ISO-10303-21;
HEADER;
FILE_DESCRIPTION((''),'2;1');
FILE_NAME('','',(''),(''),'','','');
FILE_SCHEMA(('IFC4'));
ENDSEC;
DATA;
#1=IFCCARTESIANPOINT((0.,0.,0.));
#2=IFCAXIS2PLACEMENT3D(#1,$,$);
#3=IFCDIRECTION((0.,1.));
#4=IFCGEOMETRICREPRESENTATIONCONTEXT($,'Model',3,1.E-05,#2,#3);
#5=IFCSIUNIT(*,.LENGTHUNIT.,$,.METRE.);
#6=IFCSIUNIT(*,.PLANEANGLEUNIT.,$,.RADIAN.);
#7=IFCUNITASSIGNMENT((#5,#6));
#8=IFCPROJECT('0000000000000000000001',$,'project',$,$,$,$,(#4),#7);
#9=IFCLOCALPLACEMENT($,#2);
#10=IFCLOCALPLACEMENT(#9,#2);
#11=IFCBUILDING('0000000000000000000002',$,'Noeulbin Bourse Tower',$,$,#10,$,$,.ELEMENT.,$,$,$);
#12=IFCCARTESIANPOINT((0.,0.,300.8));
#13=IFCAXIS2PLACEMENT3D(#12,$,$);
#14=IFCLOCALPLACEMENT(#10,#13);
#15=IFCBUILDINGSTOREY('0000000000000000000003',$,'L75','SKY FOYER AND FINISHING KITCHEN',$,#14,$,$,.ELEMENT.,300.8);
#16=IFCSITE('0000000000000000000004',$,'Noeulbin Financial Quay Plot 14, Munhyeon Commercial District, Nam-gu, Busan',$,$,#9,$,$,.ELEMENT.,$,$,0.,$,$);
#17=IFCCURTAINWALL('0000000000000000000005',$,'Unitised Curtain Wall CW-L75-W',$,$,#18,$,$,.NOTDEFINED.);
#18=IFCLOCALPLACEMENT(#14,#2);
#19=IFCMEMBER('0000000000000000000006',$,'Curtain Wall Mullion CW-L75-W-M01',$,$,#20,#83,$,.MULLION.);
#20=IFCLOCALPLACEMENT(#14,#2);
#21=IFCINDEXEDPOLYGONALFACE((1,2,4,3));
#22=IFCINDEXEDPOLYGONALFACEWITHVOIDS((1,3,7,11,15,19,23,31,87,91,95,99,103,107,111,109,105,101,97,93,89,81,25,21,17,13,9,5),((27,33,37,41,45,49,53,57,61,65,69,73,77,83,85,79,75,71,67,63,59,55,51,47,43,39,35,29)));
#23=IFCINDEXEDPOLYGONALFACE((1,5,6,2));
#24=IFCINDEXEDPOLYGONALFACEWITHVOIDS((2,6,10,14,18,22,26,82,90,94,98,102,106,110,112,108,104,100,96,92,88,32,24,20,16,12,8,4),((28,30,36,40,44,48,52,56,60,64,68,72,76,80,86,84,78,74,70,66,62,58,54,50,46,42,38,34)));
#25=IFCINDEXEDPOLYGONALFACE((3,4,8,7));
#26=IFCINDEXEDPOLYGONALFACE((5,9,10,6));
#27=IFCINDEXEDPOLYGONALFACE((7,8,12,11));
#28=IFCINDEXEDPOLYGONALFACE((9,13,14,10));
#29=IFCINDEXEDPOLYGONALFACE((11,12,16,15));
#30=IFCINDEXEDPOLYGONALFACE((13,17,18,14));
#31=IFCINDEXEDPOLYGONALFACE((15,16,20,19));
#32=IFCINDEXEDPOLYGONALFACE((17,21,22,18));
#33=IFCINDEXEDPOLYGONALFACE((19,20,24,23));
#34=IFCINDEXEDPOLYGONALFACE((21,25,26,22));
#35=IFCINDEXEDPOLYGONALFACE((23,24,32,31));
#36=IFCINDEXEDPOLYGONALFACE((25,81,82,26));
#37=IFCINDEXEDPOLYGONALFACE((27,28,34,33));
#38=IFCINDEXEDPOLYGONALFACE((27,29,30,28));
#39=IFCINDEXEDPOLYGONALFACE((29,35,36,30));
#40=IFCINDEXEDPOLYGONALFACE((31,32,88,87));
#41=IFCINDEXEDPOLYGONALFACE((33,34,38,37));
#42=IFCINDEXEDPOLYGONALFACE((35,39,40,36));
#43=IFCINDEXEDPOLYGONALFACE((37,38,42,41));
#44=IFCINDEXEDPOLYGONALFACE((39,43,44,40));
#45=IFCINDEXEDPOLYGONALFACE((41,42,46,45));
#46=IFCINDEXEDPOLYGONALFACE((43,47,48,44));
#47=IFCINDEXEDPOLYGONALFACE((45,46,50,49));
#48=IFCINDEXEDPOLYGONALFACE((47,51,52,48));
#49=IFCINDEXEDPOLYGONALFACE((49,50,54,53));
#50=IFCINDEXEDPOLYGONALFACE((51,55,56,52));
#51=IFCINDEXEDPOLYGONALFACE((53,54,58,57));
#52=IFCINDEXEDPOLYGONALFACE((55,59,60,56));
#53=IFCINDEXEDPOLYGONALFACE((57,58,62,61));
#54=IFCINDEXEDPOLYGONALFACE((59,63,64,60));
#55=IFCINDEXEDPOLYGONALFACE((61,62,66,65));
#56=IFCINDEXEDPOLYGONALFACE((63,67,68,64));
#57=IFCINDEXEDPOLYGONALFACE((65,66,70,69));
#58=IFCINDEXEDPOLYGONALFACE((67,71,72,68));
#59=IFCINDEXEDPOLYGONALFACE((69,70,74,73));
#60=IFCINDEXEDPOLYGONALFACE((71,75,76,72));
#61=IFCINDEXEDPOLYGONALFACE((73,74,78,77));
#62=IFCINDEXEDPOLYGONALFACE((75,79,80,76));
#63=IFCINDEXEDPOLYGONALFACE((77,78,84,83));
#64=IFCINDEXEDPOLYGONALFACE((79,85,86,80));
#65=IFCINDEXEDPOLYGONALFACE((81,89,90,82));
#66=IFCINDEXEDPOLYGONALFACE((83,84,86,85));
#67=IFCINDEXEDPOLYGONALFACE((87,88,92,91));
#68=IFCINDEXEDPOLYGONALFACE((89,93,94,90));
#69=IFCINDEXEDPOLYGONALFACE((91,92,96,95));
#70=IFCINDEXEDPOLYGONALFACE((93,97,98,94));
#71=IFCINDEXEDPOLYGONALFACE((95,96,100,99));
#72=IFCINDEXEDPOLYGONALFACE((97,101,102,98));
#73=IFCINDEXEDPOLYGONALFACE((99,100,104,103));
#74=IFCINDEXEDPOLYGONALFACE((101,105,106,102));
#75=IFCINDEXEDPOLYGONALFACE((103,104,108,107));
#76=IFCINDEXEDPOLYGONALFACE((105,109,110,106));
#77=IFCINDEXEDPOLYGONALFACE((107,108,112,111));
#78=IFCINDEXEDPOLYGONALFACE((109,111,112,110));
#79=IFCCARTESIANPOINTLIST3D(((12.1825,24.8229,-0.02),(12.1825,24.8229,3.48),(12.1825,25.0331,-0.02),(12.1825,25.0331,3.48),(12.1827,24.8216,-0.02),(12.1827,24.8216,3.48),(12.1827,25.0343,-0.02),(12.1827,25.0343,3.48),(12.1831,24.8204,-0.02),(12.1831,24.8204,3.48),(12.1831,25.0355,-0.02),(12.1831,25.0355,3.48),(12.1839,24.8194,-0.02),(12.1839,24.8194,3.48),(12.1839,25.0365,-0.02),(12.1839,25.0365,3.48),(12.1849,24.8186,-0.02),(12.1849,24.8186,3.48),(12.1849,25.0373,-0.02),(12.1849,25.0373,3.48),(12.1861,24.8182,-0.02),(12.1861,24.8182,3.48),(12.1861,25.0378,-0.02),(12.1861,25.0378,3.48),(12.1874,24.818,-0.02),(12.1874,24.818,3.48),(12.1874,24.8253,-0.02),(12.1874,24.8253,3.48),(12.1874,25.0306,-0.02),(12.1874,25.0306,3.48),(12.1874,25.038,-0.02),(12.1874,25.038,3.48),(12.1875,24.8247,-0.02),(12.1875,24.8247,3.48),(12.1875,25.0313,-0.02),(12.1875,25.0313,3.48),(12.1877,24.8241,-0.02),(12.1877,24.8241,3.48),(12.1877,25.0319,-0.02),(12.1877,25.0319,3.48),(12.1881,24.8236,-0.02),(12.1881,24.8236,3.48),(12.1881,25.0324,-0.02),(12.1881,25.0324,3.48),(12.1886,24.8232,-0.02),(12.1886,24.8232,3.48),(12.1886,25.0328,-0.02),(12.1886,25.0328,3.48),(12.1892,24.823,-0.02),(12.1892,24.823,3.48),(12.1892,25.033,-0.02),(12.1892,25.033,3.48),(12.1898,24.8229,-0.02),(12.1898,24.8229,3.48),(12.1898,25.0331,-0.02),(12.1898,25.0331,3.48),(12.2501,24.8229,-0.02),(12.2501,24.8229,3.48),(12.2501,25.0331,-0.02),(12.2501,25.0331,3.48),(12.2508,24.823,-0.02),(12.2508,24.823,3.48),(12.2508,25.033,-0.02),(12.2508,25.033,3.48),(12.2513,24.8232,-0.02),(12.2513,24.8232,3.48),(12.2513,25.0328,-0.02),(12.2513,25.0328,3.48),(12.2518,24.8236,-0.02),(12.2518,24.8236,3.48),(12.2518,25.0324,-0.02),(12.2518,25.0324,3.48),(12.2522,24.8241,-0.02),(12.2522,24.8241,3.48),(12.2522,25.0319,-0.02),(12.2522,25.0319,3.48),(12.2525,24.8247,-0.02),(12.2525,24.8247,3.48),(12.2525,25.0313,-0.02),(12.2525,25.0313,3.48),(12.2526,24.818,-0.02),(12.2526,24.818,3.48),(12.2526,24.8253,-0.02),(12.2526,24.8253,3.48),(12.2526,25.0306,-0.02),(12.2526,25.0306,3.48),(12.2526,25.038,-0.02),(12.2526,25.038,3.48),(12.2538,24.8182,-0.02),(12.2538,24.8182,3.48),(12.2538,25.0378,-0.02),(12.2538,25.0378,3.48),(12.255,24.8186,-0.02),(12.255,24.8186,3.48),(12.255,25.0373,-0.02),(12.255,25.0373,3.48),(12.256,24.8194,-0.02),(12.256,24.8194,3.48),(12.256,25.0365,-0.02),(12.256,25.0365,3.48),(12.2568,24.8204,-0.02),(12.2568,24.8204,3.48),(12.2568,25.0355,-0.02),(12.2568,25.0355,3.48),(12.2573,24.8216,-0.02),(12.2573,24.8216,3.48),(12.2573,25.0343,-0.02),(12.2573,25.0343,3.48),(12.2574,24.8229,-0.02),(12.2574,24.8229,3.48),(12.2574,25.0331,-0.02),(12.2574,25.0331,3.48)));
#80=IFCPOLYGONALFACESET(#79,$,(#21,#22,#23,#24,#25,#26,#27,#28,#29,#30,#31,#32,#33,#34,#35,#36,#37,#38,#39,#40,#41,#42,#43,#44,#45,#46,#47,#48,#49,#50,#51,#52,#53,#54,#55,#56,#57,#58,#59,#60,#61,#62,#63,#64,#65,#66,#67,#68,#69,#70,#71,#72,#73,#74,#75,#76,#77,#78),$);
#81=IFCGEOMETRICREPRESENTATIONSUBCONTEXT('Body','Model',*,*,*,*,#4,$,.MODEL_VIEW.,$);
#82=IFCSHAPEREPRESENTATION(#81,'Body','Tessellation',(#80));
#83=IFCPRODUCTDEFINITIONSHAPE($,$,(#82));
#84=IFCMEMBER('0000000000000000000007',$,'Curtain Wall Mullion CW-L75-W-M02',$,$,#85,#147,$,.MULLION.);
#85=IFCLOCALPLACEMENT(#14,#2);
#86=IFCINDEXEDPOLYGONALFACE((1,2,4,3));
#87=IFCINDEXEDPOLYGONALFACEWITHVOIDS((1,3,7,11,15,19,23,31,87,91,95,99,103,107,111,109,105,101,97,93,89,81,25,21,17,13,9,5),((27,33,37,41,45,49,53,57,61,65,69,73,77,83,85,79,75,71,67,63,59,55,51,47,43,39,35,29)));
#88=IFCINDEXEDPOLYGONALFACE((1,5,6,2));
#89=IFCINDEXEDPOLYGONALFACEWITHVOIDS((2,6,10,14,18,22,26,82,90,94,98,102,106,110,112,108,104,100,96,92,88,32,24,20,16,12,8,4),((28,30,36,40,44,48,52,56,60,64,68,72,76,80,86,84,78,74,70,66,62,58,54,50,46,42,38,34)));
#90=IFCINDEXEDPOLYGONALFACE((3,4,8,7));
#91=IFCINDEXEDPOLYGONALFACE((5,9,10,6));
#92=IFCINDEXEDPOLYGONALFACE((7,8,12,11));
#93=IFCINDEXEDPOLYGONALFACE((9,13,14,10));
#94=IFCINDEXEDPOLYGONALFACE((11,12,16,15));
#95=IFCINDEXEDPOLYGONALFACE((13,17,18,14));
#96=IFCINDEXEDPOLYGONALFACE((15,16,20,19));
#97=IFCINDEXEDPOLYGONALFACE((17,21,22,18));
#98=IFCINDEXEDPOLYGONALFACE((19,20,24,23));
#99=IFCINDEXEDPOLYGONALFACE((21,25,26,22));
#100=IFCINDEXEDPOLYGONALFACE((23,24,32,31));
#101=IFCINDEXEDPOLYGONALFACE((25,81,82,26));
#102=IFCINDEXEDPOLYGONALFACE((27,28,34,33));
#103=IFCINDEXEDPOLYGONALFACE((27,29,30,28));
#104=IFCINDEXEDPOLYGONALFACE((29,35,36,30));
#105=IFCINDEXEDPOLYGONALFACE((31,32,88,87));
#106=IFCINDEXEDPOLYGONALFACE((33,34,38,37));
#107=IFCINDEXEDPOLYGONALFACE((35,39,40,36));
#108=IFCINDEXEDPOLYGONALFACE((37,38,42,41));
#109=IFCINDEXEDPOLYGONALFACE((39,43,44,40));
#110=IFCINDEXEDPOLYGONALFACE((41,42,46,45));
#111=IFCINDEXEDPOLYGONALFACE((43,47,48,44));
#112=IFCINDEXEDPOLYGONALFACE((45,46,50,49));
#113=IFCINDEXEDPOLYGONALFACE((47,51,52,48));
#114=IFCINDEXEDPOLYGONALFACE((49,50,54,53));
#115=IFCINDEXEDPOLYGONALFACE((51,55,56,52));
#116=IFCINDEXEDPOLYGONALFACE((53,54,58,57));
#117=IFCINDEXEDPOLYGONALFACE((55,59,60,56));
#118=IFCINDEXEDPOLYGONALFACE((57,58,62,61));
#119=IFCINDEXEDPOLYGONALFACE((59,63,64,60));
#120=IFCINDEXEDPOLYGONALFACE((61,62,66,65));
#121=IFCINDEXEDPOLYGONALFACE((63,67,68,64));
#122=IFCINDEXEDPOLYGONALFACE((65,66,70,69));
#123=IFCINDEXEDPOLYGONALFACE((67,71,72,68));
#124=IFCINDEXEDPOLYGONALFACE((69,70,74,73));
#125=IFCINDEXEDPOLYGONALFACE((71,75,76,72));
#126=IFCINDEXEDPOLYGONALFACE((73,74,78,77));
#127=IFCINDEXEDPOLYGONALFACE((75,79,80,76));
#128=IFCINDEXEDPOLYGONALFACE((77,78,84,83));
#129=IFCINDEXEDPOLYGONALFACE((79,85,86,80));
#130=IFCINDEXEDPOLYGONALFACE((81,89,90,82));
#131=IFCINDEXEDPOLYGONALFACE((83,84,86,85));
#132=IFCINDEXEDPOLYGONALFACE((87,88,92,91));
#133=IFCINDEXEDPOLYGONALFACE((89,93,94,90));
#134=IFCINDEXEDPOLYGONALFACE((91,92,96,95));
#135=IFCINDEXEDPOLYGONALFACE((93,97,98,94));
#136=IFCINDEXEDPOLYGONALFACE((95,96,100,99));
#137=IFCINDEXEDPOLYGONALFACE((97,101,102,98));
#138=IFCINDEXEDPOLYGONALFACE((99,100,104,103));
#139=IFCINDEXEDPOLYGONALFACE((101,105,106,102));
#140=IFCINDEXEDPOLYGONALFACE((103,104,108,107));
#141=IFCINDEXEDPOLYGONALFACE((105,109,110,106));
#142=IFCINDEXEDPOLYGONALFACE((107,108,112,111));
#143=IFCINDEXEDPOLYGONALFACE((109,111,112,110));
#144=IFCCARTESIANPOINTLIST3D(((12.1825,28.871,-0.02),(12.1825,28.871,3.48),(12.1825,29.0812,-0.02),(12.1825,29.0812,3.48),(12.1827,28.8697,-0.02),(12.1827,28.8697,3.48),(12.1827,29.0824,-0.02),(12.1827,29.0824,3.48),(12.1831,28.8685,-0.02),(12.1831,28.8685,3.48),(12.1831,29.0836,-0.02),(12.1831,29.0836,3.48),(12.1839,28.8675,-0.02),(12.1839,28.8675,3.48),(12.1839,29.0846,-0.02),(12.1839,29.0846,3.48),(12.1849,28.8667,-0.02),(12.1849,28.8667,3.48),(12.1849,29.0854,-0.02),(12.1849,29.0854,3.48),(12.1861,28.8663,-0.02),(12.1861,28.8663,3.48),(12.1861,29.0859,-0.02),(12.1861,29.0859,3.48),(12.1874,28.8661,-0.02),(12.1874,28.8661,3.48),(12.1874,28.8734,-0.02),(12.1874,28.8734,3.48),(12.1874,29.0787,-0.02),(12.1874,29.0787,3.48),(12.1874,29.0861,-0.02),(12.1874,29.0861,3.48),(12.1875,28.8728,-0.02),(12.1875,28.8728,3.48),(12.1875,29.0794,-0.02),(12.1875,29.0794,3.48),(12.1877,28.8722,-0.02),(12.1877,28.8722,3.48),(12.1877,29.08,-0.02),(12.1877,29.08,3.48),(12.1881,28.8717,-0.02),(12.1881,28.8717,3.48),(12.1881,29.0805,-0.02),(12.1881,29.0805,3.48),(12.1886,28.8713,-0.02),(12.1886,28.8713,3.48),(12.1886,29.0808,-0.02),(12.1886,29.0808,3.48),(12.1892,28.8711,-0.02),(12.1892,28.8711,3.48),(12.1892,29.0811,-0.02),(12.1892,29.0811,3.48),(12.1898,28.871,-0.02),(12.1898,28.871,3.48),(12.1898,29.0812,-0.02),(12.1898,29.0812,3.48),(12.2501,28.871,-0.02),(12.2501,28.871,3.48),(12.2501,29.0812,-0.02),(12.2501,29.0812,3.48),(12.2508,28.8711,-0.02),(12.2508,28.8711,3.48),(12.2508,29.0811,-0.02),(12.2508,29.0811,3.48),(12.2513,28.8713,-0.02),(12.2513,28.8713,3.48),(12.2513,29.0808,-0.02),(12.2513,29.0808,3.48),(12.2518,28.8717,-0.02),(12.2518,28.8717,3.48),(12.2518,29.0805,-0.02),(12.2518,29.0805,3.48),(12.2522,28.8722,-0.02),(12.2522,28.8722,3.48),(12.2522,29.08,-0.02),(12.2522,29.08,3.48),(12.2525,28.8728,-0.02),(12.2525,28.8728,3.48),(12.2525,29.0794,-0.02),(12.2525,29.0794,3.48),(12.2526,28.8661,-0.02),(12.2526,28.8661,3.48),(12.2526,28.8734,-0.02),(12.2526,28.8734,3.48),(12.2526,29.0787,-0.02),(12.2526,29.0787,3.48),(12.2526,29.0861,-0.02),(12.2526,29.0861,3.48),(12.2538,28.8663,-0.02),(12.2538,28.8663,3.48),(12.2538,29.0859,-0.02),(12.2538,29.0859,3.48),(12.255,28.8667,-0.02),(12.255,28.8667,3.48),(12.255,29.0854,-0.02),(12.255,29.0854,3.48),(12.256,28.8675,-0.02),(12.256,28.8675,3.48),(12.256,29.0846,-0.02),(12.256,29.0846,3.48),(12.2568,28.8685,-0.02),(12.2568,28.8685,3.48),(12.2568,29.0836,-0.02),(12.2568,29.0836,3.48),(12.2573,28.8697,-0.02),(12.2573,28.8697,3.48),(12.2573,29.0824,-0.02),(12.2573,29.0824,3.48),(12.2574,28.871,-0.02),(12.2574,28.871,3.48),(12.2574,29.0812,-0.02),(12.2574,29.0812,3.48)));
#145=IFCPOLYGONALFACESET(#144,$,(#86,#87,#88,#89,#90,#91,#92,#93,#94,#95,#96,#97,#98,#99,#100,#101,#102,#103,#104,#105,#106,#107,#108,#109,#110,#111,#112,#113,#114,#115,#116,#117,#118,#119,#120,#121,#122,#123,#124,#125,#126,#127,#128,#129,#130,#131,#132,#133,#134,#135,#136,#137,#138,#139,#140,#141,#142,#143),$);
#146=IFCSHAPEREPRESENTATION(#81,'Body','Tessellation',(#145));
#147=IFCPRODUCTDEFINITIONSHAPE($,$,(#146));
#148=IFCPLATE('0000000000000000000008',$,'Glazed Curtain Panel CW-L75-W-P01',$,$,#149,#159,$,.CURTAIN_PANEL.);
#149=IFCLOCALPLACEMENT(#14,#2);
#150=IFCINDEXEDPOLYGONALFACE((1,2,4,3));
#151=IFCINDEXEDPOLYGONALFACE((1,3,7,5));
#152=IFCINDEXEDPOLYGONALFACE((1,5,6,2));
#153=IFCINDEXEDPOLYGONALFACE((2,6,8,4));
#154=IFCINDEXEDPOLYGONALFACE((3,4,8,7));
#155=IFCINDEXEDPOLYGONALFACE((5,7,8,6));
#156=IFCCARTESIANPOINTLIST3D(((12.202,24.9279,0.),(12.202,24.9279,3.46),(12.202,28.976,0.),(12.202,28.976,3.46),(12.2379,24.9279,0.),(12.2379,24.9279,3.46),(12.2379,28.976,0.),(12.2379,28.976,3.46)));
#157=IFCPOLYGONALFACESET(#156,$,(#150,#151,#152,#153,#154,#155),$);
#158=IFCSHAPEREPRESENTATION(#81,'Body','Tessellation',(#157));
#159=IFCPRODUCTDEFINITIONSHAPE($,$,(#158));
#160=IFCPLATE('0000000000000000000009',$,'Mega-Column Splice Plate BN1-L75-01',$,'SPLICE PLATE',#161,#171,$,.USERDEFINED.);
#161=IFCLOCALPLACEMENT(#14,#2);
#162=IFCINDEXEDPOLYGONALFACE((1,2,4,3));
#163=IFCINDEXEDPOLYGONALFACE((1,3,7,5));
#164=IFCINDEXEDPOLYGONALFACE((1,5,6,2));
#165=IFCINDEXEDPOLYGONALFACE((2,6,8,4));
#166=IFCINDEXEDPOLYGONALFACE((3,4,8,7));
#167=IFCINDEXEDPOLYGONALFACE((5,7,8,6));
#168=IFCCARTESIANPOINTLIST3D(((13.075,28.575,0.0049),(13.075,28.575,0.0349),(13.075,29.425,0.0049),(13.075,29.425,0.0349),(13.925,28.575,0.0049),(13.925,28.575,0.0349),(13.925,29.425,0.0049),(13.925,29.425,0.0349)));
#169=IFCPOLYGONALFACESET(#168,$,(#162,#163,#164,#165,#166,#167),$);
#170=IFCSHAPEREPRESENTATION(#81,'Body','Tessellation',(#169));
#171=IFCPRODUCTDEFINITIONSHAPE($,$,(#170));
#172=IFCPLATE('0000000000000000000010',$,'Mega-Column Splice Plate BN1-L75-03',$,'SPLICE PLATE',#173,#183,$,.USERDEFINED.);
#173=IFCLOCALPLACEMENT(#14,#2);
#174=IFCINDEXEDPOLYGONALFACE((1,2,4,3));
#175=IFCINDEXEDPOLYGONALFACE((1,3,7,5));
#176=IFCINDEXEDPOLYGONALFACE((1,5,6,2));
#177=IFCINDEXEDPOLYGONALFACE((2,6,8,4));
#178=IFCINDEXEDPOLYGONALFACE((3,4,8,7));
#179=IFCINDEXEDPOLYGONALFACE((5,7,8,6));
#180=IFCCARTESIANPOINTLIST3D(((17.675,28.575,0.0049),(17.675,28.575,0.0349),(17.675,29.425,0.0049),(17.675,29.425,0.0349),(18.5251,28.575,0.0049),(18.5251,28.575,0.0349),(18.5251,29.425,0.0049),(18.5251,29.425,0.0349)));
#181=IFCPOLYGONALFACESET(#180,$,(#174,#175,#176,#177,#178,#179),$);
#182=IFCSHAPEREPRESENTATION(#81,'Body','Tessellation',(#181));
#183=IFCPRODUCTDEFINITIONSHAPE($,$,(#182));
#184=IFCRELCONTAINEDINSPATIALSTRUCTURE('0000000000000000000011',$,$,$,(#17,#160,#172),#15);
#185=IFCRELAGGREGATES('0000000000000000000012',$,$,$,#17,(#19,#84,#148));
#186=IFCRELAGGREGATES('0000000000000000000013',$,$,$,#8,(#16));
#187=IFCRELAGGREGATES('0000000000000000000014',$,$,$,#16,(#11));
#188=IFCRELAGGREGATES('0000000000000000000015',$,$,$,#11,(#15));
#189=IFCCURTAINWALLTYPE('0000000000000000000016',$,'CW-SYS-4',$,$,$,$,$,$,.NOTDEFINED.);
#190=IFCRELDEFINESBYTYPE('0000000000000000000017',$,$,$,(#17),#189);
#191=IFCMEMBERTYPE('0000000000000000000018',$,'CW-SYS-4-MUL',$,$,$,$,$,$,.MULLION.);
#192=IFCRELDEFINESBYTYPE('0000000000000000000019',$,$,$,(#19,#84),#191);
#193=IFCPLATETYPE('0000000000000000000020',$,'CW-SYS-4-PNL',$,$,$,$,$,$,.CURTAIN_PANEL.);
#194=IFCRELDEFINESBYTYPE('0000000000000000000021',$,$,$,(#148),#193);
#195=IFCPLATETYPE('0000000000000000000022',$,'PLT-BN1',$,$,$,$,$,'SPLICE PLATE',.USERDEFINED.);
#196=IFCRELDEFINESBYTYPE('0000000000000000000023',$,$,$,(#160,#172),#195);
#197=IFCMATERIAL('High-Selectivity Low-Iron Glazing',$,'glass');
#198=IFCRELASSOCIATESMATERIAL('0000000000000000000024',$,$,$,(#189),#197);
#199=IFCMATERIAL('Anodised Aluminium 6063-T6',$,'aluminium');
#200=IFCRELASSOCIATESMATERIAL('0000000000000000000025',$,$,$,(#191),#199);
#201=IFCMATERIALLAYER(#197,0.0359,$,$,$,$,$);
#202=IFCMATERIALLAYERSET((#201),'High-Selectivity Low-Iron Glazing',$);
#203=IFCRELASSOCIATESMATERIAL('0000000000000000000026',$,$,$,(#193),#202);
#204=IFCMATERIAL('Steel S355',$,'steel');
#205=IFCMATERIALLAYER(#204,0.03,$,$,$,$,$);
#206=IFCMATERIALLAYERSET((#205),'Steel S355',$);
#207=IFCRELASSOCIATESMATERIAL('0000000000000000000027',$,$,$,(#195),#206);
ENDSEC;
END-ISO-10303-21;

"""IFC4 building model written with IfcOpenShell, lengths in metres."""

from ifc_helpers import new_model, si_unit, direction, frame, origin, origin_2d, place, context, subcontext, project, spatial, rectangle, hollow_rectangle, extrude, material, layer, layer_set, material_profile, profile_set, type_object, element, aggregate, save


model = new_model("IFC4")

# Units and contexts
model_context = context("Model", 3, precision=1e-05, world=origin(), true_north=direction((0.0, 1.0)))
body_context = subcontext(model_context, "Body", "Model", "MODEL_VIEW")
ifc_project = project(units=[si_unit("LENGTHUNIT", "METRE"), si_unit("PLANEANGLEUNIT", "RADIAN")], contexts=[model_context])

# Site, building, storey
site_placement = place(None, origin())
site = spatial("IfcSite", under=ifc_project, at=site_placement, Name="Noeulbin Financial Quay Plot 14, Munhyeon Commercial District, Nam-gu, Busan", CompositionType="ELEMENT", RefElevation=0.0)
building_placement = place(site_placement, origin())
building = spatial("IfcBuilding", under=site, at=building_placement, Name="Noeulbin Bourse Tower", CompositionType="ELEMENT")
storey_placement = place(building_placement, frame((0.0, 0.0, 300.8)))
storey = spatial("IfcBuildingStorey", under=building, at=storey_placement, Name="L75", Description="SKY FOYER AND FINISHING KITCHEN", CompositionType="ELEMENT", Elevation=300.8)

# Shared definitions
ifc_material_1 = material(Name="Steel S355", Category="steel")

# Curtain wall, members, plate
ifc_material_2 = material(Name="High-Selectivity Low-Iron Glazing", Category="glass")
curtain_wall_type = type_object("IfcCurtainWallType", Name="CW-SYS-4", PredefinedType="NOTDEFINED", material=ifc_material_2)
curtain_wall_placement = place(storey_placement, origin())
curtain_wall = element("IfcCurtainWall", 1, at=curtain_wall_placement, inside=storey, type_object=curtain_wall_type, Name="Unitised Curtain Wall CW-L75-W", PredefinedType="NOTDEFINED")
ifc_material_3 = material(Name="Anodised Aluminium 6063-T6", Category="aluminium")
ifc_material_profile_1 = material_profile(ifc_material_3, hollow_rectangle(XDim=0.075, YDim=0.22, WallThickness=0.0049, InnerFilletRadius=0.0024, OuterFilletRadius=0.0049, at=origin_2d()), Name="ALU-MULL-75x220x5", Category="LoadBearing")
ifc_profile_set_1 = profile_set([ifc_material_profile_1], Name="Anodised Aluminium 6063-T6")
member_type = type_object("IfcMemberType", Name="CW-SYS-4-MUL", PredefinedType="MULLION", material=ifc_profile_set_1)
member_1_placement = place(storey_placement, frame((12.22, 24.928, -0.02), z_axis=(0.0, 0.0, 1.0), x_axis=(1.0, 0.0, 0.0)))
member_1 = element("IfcMember", 2, at=member_1_placement, type_object=member_type, Name="Curtain Wall Mullion CW-L75-W-M01", PredefinedType="MULLION", context=body_context, shape_type="SweptSolid", body=[
    extrude(hollow_rectangle(XDim=0.075, YDim=0.22, WallThickness=0.0049, InnerFilletRadius=0.0024, OuterFilletRadius=0.0049, at=origin_2d()), origin(), (0.0, 0.0, 1.0), 3.5),
])
member_2_placement = place(storey_placement, frame((12.22, 28.9761, -0.02), z_axis=(0.0, 0.0, 1.0), x_axis=(1.0, 0.0, 0.0)))
member_2 = element("IfcMember", 3, at=member_2_placement, type_object=member_type, Name="Curtain Wall Mullion CW-L75-W-M02", PredefinedType="MULLION", context=body_context, shape_type="SweptSolid", body=[
    extrude(hollow_rectangle(XDim=0.075, YDim=0.22, WallThickness=0.0049, InnerFilletRadius=0.0024, OuterFilletRadius=0.0049, at=origin_2d()), origin(), (0.0, 0.0, 1.0), 3.5),
])
ifc_layer_1 = layer(ifc_material_2, 0.0359)
ifc_layer_set_1 = layer_set([ifc_layer_1], Name="High-Selectivity Low-Iron Glazing")
plate_type_1 = type_object("IfcPlateType", Name="CW-SYS-4-PNL", PredefinedType="CURTAIN_PANEL", material=ifc_layer_set_1)
plate_placement = place(storey_placement, frame((12.22, 26.9519, 0.0), z_axis=(0.0, 0.0, 1.0), x_axis=(0.0, 1.0, 0.0)))
plate = element("IfcPlate", 4, at=plate_placement, type_object=plate_type_1, Name="Glazed Curtain Panel CW-L75-W-P01", PredefinedType="CURTAIN_PANEL", context=body_context, shape_type="SweptSolid", body=[
    extrude(rectangle(XDim=4.0481, YDim=0.0359, at=origin_2d()), origin(), (0.0, 0.0, 1.0), 3.46),
])
aggregate(curtain_wall, [member_1, member_2, plate])

# Plates
ifc_layer_2 = layer(ifc_material_1, 0.03)
ifc_layer_set_2 = layer_set([ifc_layer_2], Name="Steel S355")
plate_type_2 = type_object("IfcPlateType", Name="PLT-BN1", ElementType="SPLICE PLATE", PredefinedType="USERDEFINED", material=ifc_layer_set_2)
for number, where, z_axis, x_axis, name in (
    (5, (13.5, 29.0, 0.0049), (0.0, 0.0, 1.0), (1.0, 0.0, 0.0), "Mega-Column Splice Plate BN1-L75-01"),
    (6, (18.1001, 29.0, 0.0049), (0.0, 0.0, 1.0), (1.0, 0.0, 0.0), "Mega-Column Splice Plate BN1-L75-03"),
):
    element("IfcPlate", number, at=place(storey_placement, frame(where, z_axis=z_axis, x_axis=x_axis)), inside=storey, type_object=plate_type_2, Name=name, ObjectType="SPLICE PLATE", PredefinedType="USERDEFINED", context=body_context, shape_type="SweptSolid", body=[
        extrude(rectangle(XDim=0.8501, YDim=0.8501, at=origin_2d()), origin(), (0.0, 0.0, 1.0), 0.03),
    ])

save(model, "model.ifc")
